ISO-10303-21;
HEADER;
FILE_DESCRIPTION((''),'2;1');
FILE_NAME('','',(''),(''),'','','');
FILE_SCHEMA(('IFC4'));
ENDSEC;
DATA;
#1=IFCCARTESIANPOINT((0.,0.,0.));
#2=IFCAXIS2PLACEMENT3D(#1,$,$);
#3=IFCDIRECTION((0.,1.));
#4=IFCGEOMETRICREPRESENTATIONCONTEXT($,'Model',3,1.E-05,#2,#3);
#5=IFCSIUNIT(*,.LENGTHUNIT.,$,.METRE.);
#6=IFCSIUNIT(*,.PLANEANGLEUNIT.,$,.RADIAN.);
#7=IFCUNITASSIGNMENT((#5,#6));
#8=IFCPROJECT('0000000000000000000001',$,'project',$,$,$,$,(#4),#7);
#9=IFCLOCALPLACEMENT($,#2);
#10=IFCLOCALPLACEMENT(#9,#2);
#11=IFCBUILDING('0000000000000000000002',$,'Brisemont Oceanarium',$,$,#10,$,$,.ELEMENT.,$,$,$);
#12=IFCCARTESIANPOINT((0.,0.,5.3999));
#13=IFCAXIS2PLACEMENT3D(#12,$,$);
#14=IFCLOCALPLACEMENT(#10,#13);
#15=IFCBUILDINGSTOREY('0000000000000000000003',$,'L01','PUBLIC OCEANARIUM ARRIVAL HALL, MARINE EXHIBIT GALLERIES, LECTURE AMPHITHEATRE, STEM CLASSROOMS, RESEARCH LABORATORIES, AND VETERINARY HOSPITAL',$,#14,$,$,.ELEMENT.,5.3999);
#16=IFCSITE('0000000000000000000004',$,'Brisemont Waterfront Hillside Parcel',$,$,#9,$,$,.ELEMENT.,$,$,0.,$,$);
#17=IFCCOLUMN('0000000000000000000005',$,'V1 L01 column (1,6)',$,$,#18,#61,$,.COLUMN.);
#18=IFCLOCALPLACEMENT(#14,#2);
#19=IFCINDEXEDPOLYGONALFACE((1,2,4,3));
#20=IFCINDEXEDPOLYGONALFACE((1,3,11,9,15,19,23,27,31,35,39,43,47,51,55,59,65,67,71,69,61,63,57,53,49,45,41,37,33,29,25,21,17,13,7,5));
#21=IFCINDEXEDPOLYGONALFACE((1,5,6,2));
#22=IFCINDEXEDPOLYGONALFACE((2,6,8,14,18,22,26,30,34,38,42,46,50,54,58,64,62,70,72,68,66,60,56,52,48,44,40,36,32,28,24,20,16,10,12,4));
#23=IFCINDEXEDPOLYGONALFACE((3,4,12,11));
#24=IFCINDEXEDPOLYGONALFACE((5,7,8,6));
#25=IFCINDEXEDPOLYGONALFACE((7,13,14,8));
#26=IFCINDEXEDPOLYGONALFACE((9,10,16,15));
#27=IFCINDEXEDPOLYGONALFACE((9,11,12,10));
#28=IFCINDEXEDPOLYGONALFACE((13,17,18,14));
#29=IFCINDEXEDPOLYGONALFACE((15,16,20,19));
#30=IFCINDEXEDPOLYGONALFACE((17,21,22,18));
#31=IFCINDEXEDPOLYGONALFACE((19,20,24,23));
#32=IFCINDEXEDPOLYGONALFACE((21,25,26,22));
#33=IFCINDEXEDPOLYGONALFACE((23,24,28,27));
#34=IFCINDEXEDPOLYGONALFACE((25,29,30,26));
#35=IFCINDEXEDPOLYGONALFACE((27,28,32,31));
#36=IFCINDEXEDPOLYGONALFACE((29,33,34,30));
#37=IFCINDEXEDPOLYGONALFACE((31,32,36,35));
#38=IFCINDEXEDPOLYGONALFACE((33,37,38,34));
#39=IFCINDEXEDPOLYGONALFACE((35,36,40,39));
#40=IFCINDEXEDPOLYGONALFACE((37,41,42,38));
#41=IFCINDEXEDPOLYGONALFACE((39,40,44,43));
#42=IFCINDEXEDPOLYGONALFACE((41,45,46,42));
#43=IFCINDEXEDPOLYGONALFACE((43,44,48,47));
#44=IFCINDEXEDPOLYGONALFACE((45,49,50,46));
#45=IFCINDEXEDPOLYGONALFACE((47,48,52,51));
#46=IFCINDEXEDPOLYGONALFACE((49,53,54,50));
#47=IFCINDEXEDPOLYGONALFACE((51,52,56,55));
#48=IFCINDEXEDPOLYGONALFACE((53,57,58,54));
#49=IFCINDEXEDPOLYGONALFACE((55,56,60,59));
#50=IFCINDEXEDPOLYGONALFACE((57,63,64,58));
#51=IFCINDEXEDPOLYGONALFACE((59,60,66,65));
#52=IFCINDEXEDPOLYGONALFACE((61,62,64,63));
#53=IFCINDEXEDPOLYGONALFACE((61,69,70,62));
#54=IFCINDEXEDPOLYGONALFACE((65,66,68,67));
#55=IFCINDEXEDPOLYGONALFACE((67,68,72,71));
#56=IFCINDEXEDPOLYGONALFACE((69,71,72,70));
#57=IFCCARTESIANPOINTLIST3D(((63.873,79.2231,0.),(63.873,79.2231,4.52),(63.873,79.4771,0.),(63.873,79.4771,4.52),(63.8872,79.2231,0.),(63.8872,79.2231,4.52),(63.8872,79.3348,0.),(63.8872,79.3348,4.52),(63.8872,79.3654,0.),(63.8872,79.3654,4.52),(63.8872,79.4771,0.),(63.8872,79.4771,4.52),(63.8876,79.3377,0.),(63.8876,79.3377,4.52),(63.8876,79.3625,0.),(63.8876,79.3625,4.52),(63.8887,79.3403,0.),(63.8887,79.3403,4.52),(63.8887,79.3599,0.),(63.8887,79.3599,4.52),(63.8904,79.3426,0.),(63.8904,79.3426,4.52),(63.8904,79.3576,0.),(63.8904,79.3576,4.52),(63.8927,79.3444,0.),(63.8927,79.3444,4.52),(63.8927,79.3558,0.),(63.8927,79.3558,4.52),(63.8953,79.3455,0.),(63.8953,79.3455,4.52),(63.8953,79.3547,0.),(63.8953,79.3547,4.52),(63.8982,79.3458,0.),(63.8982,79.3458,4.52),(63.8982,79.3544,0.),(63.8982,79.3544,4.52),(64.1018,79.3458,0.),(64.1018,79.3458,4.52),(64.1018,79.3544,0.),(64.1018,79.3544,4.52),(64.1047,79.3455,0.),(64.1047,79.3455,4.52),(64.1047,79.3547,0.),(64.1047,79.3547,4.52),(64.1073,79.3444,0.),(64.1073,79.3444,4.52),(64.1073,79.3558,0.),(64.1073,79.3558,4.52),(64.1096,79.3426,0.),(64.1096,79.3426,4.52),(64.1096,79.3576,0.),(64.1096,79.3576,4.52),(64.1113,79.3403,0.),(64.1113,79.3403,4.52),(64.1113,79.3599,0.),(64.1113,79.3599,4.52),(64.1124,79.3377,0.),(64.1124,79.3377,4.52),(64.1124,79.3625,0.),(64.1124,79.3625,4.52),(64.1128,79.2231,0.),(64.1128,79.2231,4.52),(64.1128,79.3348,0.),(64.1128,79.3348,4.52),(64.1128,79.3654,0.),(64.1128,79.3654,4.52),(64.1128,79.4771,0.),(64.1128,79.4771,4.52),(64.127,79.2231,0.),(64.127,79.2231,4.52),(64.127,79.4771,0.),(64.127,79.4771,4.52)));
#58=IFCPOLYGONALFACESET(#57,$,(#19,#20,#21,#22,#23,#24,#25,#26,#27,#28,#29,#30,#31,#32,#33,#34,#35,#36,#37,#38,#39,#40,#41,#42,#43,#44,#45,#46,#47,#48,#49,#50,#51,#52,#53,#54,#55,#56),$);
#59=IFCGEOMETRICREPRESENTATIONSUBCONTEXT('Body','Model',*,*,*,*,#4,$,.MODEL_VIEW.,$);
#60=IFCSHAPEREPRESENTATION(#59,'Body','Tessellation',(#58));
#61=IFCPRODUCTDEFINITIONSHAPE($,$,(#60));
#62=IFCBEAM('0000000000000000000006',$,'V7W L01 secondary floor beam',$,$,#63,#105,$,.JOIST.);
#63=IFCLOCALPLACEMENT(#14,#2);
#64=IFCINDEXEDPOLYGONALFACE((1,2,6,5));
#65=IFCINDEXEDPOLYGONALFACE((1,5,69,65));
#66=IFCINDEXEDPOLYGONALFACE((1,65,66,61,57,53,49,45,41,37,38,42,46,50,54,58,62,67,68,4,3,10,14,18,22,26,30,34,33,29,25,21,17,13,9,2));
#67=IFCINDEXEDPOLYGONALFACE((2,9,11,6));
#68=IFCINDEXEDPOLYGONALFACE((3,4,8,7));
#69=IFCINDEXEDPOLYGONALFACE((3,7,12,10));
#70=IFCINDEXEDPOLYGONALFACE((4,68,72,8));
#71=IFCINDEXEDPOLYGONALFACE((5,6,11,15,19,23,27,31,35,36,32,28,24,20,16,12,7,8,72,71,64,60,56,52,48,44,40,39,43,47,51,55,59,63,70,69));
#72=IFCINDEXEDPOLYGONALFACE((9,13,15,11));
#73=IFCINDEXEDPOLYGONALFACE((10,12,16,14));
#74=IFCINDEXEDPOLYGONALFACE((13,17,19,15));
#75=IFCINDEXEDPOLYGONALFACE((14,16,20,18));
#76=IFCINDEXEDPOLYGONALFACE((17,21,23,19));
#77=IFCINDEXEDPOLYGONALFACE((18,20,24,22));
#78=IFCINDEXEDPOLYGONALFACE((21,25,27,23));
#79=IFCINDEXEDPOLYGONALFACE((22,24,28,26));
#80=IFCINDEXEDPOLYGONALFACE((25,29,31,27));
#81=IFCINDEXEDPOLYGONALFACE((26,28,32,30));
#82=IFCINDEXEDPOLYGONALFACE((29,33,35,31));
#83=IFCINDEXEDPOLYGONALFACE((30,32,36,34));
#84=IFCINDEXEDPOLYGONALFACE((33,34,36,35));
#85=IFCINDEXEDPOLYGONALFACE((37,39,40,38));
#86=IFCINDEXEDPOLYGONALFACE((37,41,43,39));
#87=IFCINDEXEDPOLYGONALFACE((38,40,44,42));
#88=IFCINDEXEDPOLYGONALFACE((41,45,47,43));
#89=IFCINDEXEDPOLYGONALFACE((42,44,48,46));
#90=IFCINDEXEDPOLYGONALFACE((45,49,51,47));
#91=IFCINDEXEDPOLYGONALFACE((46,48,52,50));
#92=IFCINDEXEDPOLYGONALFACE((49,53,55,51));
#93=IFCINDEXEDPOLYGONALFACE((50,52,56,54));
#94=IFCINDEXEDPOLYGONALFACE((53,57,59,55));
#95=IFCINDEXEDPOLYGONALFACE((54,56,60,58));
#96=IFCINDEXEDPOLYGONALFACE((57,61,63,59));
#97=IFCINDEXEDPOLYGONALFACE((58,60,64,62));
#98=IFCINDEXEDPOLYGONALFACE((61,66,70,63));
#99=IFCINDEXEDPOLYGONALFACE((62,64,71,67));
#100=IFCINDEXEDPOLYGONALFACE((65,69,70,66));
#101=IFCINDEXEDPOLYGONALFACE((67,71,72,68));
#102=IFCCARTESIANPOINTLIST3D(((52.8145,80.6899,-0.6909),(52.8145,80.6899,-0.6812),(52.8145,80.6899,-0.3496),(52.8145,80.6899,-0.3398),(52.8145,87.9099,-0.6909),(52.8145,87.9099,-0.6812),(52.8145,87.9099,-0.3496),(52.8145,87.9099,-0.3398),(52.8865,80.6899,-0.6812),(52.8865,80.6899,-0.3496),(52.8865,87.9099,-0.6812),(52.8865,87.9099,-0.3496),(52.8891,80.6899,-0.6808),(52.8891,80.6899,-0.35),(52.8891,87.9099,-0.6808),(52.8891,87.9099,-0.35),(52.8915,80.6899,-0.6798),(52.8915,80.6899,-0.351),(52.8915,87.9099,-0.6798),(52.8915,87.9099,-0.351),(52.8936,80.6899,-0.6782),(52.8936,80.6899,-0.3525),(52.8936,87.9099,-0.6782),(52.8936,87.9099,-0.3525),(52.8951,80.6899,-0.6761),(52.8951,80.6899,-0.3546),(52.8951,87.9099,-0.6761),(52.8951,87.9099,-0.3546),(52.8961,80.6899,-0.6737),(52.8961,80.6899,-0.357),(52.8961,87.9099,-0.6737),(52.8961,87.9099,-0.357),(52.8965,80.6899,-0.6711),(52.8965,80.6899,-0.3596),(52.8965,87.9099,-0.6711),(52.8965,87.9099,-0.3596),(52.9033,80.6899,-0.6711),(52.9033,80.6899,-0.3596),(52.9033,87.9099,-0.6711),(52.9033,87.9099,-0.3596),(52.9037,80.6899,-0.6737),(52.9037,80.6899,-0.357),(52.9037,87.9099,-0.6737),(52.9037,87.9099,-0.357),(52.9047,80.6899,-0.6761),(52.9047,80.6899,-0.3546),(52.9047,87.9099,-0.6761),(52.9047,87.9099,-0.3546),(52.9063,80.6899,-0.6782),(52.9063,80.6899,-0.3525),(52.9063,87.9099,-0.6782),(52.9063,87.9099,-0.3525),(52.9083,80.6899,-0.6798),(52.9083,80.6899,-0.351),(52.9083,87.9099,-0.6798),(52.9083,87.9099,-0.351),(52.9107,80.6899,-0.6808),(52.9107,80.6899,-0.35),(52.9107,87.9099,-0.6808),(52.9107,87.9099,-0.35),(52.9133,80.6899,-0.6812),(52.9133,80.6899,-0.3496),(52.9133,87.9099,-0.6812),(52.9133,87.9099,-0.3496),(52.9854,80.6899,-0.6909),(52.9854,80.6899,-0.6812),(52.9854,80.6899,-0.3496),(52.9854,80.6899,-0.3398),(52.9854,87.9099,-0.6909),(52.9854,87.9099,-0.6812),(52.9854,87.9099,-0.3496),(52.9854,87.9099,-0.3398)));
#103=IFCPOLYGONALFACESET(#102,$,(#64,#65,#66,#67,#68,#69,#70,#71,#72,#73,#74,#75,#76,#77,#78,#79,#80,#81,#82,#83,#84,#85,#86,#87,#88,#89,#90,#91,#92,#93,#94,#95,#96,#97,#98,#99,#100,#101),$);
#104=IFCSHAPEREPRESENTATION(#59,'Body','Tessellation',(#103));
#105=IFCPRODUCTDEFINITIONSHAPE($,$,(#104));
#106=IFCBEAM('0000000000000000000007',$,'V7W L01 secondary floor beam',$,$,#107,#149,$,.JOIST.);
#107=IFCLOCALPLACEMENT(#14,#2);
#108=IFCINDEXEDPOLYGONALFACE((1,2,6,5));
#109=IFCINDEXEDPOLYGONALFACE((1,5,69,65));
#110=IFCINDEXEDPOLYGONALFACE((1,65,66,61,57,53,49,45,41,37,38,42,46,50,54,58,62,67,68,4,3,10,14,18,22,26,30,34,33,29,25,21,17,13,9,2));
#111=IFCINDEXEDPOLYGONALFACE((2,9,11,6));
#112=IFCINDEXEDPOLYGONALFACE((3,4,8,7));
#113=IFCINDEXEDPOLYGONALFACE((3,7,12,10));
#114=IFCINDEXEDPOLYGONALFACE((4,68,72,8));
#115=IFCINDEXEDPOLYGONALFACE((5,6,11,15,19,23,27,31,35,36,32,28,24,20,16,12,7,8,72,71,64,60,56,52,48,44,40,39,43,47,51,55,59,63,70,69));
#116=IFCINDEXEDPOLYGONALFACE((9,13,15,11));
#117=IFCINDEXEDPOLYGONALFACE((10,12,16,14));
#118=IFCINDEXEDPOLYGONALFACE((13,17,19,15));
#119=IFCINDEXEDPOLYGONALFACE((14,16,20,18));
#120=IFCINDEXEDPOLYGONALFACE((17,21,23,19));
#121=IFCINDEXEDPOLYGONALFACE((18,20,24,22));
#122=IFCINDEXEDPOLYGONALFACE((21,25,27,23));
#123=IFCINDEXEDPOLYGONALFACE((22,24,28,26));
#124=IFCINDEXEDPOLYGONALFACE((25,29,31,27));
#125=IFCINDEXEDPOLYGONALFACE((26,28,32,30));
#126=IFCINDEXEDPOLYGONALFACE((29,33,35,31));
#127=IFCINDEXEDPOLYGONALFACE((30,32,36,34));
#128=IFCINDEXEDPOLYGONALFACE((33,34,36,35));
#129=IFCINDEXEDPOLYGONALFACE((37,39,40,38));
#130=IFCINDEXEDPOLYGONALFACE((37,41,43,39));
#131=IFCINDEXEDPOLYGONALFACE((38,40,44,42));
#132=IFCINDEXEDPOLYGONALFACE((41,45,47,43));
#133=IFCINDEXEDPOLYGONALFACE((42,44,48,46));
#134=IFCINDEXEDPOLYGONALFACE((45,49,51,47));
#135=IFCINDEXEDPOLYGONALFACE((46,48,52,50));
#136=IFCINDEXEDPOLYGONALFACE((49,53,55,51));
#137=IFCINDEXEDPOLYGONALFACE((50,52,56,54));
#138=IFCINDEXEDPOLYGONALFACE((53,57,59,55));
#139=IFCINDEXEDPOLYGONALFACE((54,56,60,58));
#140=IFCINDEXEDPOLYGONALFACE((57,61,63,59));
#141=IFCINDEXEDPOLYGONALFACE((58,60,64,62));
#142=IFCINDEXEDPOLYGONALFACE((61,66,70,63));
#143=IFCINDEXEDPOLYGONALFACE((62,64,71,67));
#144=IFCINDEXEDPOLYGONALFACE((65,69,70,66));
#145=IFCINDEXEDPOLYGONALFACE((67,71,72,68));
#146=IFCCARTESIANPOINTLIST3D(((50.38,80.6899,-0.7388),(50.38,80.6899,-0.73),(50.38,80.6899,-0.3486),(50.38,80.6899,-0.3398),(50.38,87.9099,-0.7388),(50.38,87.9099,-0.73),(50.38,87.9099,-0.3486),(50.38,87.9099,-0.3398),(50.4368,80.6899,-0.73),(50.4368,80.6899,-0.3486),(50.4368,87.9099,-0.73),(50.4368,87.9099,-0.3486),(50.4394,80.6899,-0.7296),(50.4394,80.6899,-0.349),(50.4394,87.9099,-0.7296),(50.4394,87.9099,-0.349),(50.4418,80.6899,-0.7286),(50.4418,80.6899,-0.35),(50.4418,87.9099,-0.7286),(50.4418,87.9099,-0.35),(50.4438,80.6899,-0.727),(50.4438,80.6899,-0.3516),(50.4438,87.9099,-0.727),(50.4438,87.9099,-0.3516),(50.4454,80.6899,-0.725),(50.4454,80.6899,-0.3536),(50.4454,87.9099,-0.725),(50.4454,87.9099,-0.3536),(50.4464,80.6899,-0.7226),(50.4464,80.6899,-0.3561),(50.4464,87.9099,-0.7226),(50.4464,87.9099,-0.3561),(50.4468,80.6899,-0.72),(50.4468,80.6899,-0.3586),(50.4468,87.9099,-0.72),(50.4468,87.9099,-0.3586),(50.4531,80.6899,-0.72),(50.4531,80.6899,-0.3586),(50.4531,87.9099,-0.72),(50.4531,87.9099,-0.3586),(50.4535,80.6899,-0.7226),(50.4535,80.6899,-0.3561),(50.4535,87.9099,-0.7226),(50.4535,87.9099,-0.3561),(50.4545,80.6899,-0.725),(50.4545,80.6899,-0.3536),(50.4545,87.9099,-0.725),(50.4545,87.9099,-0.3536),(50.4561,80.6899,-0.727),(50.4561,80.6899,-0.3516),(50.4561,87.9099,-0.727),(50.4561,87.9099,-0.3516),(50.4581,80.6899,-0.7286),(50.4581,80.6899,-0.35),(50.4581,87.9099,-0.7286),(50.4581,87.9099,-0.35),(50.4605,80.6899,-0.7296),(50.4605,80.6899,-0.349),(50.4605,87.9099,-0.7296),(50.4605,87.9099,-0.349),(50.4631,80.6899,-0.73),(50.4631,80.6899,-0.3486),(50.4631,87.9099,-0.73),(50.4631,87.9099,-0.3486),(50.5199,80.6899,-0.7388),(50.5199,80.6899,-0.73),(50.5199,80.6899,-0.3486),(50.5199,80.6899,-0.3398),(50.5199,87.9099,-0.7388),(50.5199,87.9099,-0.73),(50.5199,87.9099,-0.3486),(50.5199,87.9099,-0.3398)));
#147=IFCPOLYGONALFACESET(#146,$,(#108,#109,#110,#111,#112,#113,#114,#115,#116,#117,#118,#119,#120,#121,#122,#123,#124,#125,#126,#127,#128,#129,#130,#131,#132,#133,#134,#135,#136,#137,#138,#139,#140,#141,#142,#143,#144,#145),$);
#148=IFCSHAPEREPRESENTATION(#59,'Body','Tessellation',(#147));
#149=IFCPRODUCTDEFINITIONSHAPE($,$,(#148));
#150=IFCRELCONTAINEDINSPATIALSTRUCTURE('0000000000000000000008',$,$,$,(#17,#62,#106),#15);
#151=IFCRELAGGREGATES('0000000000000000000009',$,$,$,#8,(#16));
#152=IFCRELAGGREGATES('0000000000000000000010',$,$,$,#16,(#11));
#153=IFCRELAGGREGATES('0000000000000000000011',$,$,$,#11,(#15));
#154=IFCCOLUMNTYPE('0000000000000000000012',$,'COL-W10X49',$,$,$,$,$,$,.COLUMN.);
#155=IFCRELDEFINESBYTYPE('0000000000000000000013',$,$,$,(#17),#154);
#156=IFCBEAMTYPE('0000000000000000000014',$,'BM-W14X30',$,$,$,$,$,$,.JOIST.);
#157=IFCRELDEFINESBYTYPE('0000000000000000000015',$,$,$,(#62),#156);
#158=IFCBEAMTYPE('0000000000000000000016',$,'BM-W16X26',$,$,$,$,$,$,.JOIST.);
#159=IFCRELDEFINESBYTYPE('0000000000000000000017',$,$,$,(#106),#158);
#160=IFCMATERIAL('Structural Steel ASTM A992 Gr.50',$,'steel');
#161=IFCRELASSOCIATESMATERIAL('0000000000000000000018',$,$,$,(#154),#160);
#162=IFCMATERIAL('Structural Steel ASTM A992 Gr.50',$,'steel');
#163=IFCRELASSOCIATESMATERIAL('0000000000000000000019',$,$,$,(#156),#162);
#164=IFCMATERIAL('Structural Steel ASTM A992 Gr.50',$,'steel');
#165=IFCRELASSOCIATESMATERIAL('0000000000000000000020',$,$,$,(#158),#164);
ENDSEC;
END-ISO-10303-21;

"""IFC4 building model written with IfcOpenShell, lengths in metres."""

from ifc_helpers import new_model, si_unit, direction, frame, origin, origin_2d, place, context, subcontext, project, spatial, i_section, extrude, material, material_profile, profile_set, type_object, element, save


model = new_model("IFC4")

# Units and contexts
model_context = context("Model", 3, precision=1e-05, world=origin(), true_north=direction((0.0, 1.0)))
body_context = subcontext(model_context, "Body", "Model", "MODEL_VIEW")
ifc_project = project(units=[si_unit("LENGTHUNIT", "METRE"), si_unit("PLANEANGLEUNIT", "RADIAN")], contexts=[model_context])

# Site, building, storey
site_placement = place(None, origin())
site = spatial("IfcSite", under=ifc_project, at=site_placement, Name="Brisemont Waterfront Hillside Parcel", CompositionType="ELEMENT", RefElevation=0.0)
building_placement = place(site_placement, origin())
building = spatial("IfcBuilding", under=site, at=building_placement, Name="Brisemont Oceanarium", CompositionType="ELEMENT")
storey_placement = place(building_placement, frame((0.0, 0.0, 5.3999)))
storey = spatial("IfcBuildingStorey", under=building, at=storey_placement, Name="L01", Description="PUBLIC OCEANARIUM ARRIVAL HALL, MARINE EXHIBIT GALLERIES, LECTURE AMPHITHEATRE, STEM CLASSROOMS, RESEARCH LABORATORIES, AND VETERINARY HOSPITAL", CompositionType="ELEMENT", Elevation=5.3999)

# Column
ifc_material_1 = material(Name="Structural Steel ASTM A992 Gr.50", Category="steel")
ifc_material_profile_1 = material_profile(ifc_material_1, i_section(OverallWidth=0.2539, OverallDepth=0.2539, WebThickness=0.0085, FlangeThickness=0.0142, FilletRadius=0.011, at=origin_2d()), Name="W10X49")
ifc_profile_set_1 = profile_set([ifc_material_profile_1], Name="Structural Steel ASTM A992 Gr.50")
column_type_1 = type_object("IfcColumnType", Name="COL-W10X49", PredefinedType="COLUMN", material=ifc_profile_set_1)
column_1_placement = place(storey_placement, frame((64.0, 79.3501, 0.0), z_axis=(0.0, 0.0, 1.0), x_axis=(0.0, 1.0, 0.0)))
element("IfcColumn", 1, at=column_1_placement, inside=storey, type_object=column_type_1, Name="V1 L01 column (1,6)", PredefinedType="COLUMN", context=body_context, shape_type="SweptSolid", body=[
    extrude(i_section(OverallWidth=0.2539, OverallDepth=0.2539, WebThickness=0.0085, FlangeThickness=0.0142, FilletRadius=0.011, at=origin_2d()), origin(), (0.0, 0.0, 1.0), 4.52),
])

# Beams
ifc_material_2 = material(Name="Structural Steel ASTM A992 Gr.50", Category="steel")
ifc_material_profile_2 = material_profile(ifc_material_2, i_section(OverallWidth=0.1709, OverallDepth=0.3511, WebThickness=0.0068, FlangeThickness=0.0098, FilletRadius=0.01, at=origin_2d()), Name="W14X30")
ifc_profile_set_2 = profile_set([ifc_material_profile_2], Name="Structural Steel ASTM A992 Gr.50")
beam_type_1 = type_object("IfcBeamType", Name="BM-W14X30", PredefinedType="JOIST", material=ifc_profile_set_2)
beam_1_placement = place(storey_placement, frame((52.8999, 80.6899, -0.5154), z_axis=(0.0, 1.0, 0.0), x_axis=(-1.0, 0.0, 0.0)))
element("IfcBeam", 2, at=beam_1_placement, inside=storey, type_object=beam_type_1, Name="V7W L01 secondary floor beam", PredefinedType="JOIST", context=body_context, shape_type="SweptSolid", body=[
    extrude(i_section(OverallWidth=0.1709, OverallDepth=0.3511, WebThickness=0.0068, FlangeThickness=0.0098, FilletRadius=0.01, at=origin_2d()), origin(), (0.0, 0.0, 1.0), 7.22),
])
ifc_material_3 = material(Name="Structural Steel ASTM A992 Gr.50", Category="steel")
ifc_material_profile_3 = material_profile(ifc_material_3, i_section(OverallWidth=0.1399, OverallDepth=0.3989, WebThickness=0.0063, FlangeThickness=0.0088, FilletRadius=0.01, at=origin_2d()), Name="W16X26")
ifc_profile_set_3 = profile_set([ifc_material_profile_3], Name="Structural Steel ASTM A992 Gr.50")
beam_type_2 = type_object("IfcBeamType", Name="BM-W16X26", PredefinedType="JOIST", material=ifc_profile_set_3)
beam_2_placement = place(storey_placement, frame((50.45, 80.6899, -0.5393), z_axis=(0.0, 1.0, 0.0), x_axis=(-1.0, 0.0, 0.0)))
element("IfcBeam", 3, at=beam_2_placement, inside=storey, type_object=beam_type_2, Name="V7W L01 secondary floor beam", PredefinedType="JOIST", context=body_context, shape_type="SweptSolid", body=[
    extrude(i_section(OverallWidth=0.1399, OverallDepth=0.3989, WebThickness=0.0063, FlangeThickness=0.0088, FilletRadius=0.01, at=origin_2d()), origin(), (0.0, 0.0, 1.0), 7.22),
])

save(model, "model.ifc")
